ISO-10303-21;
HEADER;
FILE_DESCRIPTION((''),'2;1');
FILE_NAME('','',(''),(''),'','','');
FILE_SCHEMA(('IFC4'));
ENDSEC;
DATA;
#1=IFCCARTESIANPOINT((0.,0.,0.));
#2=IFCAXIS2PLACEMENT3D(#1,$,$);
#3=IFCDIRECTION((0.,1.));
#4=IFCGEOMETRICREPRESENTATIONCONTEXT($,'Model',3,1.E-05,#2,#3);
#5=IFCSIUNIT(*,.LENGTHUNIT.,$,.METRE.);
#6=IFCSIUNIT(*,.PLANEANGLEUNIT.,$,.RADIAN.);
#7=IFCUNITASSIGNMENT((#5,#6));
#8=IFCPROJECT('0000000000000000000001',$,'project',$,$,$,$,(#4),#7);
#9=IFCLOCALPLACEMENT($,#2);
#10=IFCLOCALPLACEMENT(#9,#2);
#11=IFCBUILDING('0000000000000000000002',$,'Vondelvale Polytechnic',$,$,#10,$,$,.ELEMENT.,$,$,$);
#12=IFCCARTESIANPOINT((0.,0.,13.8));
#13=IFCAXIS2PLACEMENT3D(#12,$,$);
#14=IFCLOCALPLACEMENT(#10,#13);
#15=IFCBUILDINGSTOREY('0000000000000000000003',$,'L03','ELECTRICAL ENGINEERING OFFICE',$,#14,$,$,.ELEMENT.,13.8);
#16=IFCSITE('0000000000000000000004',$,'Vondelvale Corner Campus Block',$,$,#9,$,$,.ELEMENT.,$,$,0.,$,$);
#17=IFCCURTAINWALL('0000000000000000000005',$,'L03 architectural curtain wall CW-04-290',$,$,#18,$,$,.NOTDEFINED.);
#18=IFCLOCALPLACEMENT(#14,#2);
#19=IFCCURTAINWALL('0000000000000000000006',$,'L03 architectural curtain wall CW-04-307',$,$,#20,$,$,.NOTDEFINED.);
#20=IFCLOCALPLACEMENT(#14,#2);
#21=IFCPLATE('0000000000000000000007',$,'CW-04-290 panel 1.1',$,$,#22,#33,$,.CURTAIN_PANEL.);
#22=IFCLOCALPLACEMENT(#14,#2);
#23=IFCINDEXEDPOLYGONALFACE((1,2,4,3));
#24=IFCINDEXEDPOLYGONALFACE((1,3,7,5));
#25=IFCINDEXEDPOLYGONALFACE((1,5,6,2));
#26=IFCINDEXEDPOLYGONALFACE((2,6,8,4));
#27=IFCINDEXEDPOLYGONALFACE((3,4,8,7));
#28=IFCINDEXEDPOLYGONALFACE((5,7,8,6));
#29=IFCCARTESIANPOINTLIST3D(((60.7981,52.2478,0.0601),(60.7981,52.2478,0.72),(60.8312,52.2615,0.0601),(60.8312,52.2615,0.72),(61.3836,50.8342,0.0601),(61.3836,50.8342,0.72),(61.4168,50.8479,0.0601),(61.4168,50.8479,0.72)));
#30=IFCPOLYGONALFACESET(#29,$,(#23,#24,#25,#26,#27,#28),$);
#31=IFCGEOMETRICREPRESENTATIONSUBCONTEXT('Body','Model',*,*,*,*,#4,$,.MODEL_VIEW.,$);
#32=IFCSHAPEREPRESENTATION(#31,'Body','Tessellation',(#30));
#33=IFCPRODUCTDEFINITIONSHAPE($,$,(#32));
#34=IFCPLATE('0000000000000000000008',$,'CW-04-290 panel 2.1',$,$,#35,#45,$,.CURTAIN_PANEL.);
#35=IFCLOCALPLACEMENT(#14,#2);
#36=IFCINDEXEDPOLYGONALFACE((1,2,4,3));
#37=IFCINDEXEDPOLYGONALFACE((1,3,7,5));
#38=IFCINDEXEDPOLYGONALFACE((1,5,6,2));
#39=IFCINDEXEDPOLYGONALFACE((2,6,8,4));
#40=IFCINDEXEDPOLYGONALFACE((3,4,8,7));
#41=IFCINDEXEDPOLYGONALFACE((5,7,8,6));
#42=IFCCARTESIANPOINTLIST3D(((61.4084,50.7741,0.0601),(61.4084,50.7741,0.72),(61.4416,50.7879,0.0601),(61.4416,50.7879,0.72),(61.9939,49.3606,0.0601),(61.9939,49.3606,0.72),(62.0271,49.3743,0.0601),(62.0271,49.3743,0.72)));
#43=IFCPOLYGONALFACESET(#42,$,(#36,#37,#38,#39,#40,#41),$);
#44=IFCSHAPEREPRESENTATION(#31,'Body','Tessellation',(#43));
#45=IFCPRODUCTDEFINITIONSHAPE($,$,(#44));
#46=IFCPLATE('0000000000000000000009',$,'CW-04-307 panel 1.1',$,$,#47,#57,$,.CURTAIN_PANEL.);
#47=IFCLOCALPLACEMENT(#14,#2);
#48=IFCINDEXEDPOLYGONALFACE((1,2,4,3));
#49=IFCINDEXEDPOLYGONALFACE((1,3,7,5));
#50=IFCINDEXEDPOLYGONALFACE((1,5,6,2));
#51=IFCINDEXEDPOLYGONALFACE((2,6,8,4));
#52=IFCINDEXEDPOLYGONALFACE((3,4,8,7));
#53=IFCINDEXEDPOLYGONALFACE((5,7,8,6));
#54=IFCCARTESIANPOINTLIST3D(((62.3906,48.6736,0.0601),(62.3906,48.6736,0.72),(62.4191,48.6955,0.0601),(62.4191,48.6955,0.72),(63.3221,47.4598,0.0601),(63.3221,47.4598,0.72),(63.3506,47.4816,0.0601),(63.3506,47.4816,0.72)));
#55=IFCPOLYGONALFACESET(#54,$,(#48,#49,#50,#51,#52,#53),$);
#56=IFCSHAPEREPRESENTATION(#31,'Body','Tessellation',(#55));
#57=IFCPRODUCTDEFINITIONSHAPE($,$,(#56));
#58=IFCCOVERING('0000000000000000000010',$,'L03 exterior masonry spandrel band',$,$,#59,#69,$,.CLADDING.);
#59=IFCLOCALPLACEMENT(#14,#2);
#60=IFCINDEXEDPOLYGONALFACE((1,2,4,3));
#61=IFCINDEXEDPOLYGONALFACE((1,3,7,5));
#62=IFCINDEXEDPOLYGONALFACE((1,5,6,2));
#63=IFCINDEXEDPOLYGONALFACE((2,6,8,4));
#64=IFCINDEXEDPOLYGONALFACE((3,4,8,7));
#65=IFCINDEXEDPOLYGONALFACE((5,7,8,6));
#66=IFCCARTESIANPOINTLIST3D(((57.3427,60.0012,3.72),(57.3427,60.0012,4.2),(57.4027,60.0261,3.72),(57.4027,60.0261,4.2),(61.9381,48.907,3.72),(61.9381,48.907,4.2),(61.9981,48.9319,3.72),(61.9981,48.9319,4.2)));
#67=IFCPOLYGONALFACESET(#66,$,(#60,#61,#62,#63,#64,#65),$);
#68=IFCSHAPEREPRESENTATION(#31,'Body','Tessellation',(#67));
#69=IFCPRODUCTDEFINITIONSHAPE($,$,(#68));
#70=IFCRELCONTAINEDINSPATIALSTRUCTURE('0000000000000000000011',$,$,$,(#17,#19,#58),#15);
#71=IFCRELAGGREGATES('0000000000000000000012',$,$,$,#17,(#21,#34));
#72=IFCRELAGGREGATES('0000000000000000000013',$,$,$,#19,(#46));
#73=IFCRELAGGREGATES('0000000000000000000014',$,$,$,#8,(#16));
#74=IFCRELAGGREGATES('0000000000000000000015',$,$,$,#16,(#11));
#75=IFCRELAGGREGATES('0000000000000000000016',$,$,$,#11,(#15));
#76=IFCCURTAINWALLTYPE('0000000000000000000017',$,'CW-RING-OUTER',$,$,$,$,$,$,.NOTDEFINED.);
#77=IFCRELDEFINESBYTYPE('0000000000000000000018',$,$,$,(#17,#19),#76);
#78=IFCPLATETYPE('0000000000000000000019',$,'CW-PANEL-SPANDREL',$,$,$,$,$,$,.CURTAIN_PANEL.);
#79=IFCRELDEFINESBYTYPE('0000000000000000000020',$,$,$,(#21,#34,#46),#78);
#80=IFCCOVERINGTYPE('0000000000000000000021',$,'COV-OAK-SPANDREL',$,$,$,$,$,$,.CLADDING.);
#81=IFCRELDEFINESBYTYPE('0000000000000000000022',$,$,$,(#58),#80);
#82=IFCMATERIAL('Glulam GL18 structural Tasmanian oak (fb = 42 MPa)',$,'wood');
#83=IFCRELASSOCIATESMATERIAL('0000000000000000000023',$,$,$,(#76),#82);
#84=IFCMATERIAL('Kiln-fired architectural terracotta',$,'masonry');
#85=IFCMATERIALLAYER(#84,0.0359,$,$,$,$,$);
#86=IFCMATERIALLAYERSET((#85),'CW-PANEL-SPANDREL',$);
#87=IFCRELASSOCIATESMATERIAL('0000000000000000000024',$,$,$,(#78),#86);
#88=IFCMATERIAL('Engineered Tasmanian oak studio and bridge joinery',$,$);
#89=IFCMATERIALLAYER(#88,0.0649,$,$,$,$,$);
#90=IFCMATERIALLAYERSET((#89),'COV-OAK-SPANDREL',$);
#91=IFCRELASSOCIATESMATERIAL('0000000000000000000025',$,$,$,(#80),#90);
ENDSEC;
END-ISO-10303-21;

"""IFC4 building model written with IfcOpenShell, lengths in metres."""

from ifc_helpers import new_model, si_unit, direction, frame, origin, origin_2d, place, context, subcontext, project, spatial, rectangle, extrude, material, layer, layer_set, type_object, element, aggregate, save


model = new_model("IFC4")

# Units and contexts
model_context = context("Model", 3, precision=1e-05, world=origin(), true_north=direction((0.0, 1.0)))
body_context = subcontext(model_context, "Body", "Model", "MODEL_VIEW")
ifc_project = project(units=[si_unit("LENGTHUNIT", "METRE"), si_unit("PLANEANGLEUNIT", "RADIAN")], contexts=[model_context])

# Site, building, storey
site_placement = place(None, origin())
site = spatial("IfcSite", under=ifc_project, at=site_placement, Name="Vondelvale Corner Campus Block", CompositionType="ELEMENT", RefElevation=0.0)
building_placement = place(site_placement, origin())
building = spatial("IfcBuilding", under=site, at=building_placement, Name="Vondelvale Polytechnic", CompositionType="ELEMENT")
storey_placement = place(building_placement, frame((0.0, 0.0, 13.8)))
storey = spatial("IfcBuildingStorey", under=building, at=storey_placement, Name="L03", Description="ELECTRICAL ENGINEERING OFFICE", CompositionType="ELEMENT", Elevation=13.8)

# Shared definitions
ifc_material_1 = material(Name="Glulam GL18 structural Tasmanian oak (fb = 42 MPa)", Category="wood")

# Curtain walls
curtain_wall_type = type_object("IfcCurtainWallType", Name="CW-RING-OUTER", PredefinedType="NOTDEFINED", material=ifc_material_1)
curtain_wall_1_placement = place(storey_placement, origin())
curtain_wall_1 = element("IfcCurtainWall", 1, at=curtain_wall_1_placement, inside=storey, type_object=curtain_wall_type, Name="L03 architectural curtain wall CW-04-290", PredefinedType="NOTDEFINED")
curtain_wall_2_placement = place(storey_placement, origin())
curtain_wall_2 = element("IfcCurtainWall", 2, at=curtain_wall_2_placement, inside=storey, type_object=curtain_wall_type, Name="L03 architectural curtain wall CW-04-307", PredefinedType="NOTDEFINED")

# Plates
ifc_material_2 = material(Name="Engineered Tasmanian oak studio and bridge joinery")
ifc_material_3 = material(Name="Kiln-fired architectural terracotta", Category="masonry")
ifc_layer_1 = layer(ifc_material_3, 0.0359)
ifc_layer_set_1 = layer_set([ifc_layer_1], Name="CW-PANEL-SPANDREL")
plate_type_1 = type_object("IfcPlateType", Name="CW-PANEL-SPANDREL", PredefinedType="CURTAIN_PANEL", material=ifc_layer_set_1)
plate_1_placement = place(storey_placement, frame((61.1074, 51.5479, 0.0601), z_axis=(0.0, 0.0, 1.0), x_axis=(0.382677, -0.923882, 0.0)))
plate_1 = element("IfcPlate", 3, at=plate_1_placement, type_object=plate_type_1, Name="CW-04-290 panel 1.1", PredefinedType="CURTAIN_PANEL", context=body_context, shape_type="SweptSolid", body=[
    extrude(rectangle(XDim=1.53, YDim=0.0359, at=origin_2d()), origin(), (0.0, 0.0, 1.0), 0.6599),
])
plate_2_placement = place(storey_placement, frame((61.7178, 50.0742, 0.0601), z_axis=(0.0, 0.0, 1.0), x_axis=(0.382677, -0.923882, 0.0)))
plate_2 = element("IfcPlate", 4, at=plate_2_placement, type_object=plate_type_1, Name="CW-04-290 panel 2.1", PredefinedType="CURTAIN_PANEL", context=body_context, shape_type="SweptSolid", body=[
    extrude(rectangle(XDim=1.53, YDim=0.0359, at=origin_2d()), origin(), (0.0, 0.0, 1.0), 0.6599),
])
aggregate(curtain_wall_1, [plate_1, plate_2])
plate_3_placement = place(storey_placement, frame((62.8706, 48.0776, 0.0601), z_axis=(0.0, 0.0, 1.0), x_axis=(0.608787, -0.793334, 0.0)))
plate_3 = element("IfcPlate", 5, at=plate_3_placement, type_object=plate_type_1, Name="CW-04-307 panel 1.1", PredefinedType="CURTAIN_PANEL", context=body_context, shape_type="SweptSolid", body=[
    extrude(rectangle(XDim=1.53, YDim=0.0359, at=origin_2d()), origin(), (0.0, 0.0, 1.0), 0.6599),
])
aggregate(curtain_wall_2, [plate_3])

# Covering
ifc_layer_2 = layer(ifc_material_2, 0.0649)
ifc_layer_set_2 = layer_set([ifc_layer_2], Name="COV-OAK-SPANDREL")
covering_type = type_object("IfcCoveringType", Name="COV-OAK-SPANDREL", PredefinedType="CLADDING", material=ifc_layer_set_2)
covering_placement = place(storey_placement, frame((59.6704, 54.4666, 3.72), z_axis=(0.0, 0.0, 1.0), x_axis=(0.382683, -0.92388, 0.0)))
element("IfcCovering", 6, at=covering_placement, inside=storey, type_object=covering_type, Name="L03 exterior masonry spandrel band", PredefinedType="CLADDING", context=body_context, shape_type="SweptSolid", body=[
    extrude(rectangle(XDim=12.0083, YDim=0.0649, at=origin_2d()), origin(), (0.0, 0.0, 1.0), 0.48),
])

save(model, "model.ifc")
